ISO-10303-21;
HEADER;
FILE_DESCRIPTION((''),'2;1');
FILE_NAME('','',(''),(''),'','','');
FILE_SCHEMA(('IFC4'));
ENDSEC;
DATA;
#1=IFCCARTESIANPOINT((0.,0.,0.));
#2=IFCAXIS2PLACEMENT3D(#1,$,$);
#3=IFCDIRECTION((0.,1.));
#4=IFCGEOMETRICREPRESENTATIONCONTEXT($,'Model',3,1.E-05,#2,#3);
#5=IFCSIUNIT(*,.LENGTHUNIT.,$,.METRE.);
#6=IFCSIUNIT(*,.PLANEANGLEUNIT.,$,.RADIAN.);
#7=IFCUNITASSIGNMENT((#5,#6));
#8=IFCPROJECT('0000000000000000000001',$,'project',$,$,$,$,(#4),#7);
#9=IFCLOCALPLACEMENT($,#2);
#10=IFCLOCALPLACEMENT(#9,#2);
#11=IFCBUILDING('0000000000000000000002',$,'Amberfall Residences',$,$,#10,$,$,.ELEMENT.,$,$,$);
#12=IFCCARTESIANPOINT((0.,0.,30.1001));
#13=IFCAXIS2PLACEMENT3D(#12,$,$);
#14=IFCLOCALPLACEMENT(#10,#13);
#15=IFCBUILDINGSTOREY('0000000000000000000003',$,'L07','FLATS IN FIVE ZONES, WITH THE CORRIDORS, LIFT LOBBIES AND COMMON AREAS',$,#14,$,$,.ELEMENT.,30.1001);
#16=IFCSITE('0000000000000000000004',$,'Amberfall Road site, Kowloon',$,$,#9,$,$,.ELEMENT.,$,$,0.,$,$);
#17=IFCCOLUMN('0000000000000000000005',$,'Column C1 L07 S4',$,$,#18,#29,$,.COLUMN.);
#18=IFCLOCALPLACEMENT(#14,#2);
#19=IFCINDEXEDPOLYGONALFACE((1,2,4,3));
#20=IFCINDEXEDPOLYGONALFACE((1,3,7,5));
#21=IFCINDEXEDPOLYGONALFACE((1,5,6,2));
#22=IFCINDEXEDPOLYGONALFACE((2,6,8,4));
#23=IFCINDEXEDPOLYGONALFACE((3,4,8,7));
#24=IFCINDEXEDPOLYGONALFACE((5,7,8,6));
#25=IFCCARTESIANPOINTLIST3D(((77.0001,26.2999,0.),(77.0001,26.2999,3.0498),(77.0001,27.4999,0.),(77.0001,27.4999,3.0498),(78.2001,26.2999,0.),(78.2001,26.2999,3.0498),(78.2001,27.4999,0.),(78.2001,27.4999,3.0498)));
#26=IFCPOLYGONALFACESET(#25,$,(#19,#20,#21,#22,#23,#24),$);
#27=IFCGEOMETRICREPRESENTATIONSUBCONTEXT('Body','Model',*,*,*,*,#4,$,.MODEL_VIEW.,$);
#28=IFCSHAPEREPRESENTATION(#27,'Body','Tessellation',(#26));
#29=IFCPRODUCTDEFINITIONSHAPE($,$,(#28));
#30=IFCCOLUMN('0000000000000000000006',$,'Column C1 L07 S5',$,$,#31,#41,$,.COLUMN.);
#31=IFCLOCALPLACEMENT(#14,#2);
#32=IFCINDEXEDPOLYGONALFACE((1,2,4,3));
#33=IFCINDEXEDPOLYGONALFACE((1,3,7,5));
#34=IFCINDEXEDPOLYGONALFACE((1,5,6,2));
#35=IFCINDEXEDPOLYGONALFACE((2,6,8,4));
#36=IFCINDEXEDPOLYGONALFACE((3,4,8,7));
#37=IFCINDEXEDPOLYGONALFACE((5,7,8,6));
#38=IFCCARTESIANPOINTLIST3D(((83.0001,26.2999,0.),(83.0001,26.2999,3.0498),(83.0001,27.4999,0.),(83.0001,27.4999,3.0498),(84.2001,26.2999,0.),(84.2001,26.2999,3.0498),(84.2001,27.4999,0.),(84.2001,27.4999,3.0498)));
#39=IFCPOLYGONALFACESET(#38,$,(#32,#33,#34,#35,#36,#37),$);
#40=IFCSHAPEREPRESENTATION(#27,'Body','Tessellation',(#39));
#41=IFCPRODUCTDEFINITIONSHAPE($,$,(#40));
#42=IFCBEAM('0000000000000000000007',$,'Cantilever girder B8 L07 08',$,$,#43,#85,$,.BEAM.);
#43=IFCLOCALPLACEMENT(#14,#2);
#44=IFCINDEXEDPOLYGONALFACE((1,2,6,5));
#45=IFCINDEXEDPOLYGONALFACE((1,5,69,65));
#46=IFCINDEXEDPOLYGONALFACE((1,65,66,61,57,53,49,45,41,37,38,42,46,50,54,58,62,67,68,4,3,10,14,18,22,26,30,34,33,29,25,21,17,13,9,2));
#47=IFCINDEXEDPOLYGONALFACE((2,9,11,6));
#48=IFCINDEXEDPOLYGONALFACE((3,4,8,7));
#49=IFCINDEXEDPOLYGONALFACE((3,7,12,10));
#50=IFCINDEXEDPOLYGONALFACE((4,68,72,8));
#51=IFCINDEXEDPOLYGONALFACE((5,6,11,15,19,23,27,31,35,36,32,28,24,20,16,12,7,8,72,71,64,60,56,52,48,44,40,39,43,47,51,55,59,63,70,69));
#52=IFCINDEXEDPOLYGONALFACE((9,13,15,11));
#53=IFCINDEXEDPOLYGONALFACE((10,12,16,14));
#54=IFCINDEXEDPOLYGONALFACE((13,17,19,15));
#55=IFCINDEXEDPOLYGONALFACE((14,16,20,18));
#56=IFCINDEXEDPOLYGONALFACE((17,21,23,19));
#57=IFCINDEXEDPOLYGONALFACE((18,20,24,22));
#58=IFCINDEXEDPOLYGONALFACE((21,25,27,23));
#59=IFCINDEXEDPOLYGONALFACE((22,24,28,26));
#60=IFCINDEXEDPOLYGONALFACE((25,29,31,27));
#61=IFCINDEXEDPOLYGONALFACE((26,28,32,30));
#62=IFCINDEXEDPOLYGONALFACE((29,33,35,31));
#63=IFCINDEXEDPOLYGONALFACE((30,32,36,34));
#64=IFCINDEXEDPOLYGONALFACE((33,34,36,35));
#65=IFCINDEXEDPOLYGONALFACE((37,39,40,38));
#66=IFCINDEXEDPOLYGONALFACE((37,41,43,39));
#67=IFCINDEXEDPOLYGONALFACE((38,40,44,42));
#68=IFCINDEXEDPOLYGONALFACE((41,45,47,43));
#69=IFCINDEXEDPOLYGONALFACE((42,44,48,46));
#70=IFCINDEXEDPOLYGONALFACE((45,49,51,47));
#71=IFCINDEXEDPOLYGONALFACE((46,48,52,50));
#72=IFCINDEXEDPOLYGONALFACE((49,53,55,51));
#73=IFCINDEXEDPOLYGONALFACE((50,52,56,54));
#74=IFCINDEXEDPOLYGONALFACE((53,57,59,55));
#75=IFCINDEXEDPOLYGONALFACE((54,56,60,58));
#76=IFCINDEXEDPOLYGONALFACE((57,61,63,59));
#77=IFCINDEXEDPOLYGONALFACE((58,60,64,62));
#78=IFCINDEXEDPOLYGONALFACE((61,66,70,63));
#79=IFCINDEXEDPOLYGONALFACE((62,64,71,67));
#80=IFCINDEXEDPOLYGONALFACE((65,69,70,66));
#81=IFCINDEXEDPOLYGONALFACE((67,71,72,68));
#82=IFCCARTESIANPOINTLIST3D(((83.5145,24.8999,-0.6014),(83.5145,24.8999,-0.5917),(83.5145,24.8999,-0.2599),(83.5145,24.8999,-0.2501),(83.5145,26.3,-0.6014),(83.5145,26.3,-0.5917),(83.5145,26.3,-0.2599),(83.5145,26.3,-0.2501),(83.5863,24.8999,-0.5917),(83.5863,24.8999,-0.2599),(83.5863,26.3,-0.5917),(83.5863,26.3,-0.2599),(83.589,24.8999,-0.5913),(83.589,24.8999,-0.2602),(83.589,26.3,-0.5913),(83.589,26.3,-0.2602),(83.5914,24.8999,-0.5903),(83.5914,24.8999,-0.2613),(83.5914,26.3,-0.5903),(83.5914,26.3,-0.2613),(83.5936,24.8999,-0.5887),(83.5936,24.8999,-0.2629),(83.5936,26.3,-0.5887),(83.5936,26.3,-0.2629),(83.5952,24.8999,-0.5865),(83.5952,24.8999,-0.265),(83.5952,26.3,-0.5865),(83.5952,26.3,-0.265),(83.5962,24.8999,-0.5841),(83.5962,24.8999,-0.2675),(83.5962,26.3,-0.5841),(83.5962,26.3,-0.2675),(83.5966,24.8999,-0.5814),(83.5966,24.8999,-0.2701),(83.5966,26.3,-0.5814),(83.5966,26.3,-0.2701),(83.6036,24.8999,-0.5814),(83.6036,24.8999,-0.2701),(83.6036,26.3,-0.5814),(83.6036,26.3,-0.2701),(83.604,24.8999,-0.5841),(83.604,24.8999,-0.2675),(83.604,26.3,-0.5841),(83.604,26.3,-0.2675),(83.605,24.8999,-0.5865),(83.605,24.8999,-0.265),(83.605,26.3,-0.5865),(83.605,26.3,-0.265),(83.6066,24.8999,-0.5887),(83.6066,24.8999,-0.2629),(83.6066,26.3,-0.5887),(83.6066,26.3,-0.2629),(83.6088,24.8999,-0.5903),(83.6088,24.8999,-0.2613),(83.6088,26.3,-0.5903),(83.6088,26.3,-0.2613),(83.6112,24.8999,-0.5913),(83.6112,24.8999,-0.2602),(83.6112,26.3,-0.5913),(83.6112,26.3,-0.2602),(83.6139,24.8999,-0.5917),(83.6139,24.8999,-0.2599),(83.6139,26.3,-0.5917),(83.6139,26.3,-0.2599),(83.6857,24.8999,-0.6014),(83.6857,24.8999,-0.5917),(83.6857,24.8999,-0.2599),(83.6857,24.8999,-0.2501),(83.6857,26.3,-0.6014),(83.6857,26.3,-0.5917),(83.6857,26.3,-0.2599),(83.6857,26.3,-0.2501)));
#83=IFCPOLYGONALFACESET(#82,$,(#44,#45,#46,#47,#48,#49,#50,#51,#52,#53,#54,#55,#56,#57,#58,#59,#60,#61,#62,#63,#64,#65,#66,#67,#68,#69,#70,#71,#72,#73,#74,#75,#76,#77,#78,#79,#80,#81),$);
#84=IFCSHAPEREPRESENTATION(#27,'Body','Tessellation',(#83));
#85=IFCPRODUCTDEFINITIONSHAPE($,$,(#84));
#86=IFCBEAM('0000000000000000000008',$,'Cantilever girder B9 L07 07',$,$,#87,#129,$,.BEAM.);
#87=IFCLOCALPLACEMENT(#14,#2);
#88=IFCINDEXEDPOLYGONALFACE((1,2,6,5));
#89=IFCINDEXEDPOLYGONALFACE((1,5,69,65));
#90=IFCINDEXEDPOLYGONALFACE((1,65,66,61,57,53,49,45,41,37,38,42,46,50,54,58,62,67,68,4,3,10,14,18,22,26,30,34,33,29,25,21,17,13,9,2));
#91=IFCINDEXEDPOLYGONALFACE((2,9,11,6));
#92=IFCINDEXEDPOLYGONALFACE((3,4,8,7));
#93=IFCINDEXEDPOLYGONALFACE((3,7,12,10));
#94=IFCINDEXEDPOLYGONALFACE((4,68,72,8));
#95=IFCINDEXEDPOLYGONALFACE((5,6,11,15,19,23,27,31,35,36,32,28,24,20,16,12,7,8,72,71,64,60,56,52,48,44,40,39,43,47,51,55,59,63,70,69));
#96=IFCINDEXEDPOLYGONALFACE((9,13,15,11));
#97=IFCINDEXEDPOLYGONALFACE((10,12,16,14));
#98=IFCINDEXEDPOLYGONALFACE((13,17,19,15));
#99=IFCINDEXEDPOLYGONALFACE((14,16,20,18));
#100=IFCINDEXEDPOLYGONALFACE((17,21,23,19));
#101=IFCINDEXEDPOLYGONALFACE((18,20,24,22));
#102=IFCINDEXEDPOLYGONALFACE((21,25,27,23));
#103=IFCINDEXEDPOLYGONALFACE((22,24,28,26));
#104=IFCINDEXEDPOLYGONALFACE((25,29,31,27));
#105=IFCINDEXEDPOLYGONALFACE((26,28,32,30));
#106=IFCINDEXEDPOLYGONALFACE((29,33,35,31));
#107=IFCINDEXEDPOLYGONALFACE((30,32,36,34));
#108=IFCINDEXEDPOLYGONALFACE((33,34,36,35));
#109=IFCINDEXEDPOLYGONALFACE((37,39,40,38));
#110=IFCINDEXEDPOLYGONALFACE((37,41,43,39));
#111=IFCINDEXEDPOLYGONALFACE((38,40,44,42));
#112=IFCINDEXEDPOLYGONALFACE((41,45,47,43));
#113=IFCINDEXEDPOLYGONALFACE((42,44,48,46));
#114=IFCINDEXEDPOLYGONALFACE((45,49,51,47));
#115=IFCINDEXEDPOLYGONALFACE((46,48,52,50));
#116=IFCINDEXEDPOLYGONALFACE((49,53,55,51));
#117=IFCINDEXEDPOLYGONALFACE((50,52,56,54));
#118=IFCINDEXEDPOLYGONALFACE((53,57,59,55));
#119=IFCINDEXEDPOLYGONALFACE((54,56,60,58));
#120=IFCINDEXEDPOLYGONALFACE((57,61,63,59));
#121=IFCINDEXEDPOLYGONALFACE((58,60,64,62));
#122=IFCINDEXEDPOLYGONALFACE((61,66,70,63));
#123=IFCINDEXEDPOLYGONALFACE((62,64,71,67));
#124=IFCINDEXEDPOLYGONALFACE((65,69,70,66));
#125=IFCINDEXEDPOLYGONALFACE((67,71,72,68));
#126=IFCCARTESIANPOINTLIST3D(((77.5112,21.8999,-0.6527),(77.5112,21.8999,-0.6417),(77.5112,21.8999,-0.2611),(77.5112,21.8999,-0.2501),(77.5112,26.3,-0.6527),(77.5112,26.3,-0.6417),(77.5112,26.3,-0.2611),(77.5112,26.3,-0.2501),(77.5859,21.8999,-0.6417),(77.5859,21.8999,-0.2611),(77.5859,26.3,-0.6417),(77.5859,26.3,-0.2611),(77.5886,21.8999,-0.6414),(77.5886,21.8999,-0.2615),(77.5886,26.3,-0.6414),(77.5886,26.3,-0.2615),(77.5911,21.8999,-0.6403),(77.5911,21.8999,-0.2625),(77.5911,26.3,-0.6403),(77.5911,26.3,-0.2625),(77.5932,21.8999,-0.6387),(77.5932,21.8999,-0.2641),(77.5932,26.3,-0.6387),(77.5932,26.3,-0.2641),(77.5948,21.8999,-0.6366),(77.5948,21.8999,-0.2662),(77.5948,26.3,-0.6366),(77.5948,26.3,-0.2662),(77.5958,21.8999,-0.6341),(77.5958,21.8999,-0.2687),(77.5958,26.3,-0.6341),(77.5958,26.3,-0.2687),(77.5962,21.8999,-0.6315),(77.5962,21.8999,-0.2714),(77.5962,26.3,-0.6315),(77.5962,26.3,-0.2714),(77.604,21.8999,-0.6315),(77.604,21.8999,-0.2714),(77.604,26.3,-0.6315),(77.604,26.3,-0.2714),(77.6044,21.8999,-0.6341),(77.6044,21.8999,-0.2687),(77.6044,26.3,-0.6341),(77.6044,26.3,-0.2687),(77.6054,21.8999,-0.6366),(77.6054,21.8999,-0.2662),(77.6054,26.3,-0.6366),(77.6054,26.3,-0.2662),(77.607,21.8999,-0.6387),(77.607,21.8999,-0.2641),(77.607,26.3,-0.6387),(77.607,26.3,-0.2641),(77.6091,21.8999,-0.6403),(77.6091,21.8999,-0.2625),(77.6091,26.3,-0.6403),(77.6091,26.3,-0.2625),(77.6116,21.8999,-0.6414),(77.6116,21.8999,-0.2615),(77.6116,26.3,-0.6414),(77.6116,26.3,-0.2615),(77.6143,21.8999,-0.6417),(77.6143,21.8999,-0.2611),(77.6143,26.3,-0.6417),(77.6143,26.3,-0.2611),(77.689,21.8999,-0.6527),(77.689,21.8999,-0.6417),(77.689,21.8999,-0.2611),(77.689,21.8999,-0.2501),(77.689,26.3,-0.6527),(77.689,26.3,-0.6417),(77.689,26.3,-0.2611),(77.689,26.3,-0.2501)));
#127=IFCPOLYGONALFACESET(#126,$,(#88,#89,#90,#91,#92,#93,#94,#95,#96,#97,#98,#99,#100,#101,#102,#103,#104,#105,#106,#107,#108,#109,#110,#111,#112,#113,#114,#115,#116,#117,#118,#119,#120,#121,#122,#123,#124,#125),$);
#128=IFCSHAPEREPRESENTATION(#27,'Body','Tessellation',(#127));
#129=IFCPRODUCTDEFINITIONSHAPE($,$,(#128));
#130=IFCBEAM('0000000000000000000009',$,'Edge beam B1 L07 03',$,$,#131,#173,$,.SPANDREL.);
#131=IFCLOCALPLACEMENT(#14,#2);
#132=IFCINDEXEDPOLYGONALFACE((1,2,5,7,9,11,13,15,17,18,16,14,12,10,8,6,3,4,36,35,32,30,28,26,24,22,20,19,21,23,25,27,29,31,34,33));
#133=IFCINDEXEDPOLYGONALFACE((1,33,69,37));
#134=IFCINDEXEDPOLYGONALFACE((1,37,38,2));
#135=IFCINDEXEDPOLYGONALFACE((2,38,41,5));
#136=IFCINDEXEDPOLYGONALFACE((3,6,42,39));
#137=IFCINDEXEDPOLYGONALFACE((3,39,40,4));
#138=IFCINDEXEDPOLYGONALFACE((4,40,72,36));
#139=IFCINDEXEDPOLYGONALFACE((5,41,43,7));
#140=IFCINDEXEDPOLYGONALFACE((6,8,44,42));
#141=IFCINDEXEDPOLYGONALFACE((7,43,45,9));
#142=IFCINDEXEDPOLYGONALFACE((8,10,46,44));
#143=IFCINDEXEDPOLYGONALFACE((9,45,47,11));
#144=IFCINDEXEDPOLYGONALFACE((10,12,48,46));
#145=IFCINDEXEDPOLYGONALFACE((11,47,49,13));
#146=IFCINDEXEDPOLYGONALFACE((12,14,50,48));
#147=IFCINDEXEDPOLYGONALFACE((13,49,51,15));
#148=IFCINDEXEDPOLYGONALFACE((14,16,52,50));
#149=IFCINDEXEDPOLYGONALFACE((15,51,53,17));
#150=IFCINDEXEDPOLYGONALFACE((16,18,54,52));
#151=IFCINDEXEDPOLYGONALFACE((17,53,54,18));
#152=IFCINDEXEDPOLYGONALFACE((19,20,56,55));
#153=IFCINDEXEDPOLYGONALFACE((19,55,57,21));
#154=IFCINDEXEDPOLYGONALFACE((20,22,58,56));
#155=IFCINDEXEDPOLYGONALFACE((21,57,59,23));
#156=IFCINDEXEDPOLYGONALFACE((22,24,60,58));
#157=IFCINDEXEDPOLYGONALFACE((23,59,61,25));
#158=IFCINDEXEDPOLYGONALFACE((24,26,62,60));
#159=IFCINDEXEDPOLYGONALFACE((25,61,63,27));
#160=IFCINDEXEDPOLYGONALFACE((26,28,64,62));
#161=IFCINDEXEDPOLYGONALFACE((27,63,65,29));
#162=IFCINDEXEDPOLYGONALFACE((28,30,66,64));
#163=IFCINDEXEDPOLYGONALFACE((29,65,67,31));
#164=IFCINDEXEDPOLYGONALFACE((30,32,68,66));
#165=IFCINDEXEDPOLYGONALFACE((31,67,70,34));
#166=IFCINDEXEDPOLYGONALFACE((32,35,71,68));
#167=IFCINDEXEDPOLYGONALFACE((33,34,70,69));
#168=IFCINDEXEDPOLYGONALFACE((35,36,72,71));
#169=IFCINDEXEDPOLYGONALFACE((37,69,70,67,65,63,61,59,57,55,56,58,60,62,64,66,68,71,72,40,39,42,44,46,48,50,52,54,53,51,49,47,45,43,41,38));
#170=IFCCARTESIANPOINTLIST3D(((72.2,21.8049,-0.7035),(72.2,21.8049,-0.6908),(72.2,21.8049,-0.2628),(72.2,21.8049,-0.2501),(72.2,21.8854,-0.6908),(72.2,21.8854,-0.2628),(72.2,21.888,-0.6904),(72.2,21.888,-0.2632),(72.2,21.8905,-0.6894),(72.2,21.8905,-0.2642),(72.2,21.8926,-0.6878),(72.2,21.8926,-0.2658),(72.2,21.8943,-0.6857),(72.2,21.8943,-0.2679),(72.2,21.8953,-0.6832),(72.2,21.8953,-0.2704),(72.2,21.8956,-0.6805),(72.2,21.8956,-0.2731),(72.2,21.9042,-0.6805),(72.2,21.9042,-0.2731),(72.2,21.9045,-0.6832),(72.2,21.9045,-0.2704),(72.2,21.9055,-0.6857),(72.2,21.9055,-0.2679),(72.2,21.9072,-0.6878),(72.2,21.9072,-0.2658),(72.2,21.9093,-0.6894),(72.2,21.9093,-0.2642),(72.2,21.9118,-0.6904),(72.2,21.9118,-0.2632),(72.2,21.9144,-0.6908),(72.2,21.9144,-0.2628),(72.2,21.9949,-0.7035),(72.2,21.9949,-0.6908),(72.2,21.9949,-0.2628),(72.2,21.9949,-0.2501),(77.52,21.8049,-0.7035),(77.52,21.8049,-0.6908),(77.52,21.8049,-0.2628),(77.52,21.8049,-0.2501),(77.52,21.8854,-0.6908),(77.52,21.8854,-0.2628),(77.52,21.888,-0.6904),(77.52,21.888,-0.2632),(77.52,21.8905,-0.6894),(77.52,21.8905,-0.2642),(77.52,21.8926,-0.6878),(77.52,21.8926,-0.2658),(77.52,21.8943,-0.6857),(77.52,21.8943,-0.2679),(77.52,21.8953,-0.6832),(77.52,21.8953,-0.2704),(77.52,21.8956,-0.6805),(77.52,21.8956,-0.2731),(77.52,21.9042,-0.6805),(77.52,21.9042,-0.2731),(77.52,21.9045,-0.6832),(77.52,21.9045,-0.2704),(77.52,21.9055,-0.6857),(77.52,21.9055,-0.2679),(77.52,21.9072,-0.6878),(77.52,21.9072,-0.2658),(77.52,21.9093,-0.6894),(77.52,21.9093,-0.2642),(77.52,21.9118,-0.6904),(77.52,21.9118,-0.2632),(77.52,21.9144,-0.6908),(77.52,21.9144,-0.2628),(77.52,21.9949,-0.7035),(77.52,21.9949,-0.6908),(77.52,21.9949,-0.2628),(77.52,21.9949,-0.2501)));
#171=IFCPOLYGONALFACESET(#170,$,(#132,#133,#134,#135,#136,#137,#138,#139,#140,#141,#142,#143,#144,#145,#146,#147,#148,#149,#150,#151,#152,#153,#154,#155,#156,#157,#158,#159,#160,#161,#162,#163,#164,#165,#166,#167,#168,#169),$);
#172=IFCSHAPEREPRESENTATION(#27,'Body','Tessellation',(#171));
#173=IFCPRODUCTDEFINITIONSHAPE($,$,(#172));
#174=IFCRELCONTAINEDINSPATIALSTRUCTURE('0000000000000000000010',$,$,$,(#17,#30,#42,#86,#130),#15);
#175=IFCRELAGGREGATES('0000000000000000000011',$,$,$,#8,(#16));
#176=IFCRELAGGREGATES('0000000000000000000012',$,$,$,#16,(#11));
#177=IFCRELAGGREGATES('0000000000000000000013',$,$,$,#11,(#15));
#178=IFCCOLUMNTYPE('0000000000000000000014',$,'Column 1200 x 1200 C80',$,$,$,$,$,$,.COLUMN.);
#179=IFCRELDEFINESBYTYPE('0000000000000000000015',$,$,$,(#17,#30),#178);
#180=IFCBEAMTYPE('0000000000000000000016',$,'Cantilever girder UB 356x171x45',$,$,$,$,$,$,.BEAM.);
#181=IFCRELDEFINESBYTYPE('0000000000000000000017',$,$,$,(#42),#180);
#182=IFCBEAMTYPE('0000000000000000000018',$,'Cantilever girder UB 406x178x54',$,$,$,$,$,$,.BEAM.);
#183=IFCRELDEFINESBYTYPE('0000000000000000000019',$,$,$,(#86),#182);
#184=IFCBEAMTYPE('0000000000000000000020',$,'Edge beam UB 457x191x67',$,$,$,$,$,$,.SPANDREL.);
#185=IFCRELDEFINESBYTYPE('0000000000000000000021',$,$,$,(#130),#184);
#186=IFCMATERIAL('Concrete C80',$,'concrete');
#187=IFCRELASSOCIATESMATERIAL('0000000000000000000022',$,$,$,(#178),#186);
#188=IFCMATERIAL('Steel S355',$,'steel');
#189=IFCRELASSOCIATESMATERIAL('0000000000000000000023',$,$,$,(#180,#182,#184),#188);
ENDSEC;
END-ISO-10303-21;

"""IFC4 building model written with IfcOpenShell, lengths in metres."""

from ifc_helpers import new_model, si_unit, direction, frame, origin, origin_2d, place, context, subcontext, project, spatial, rectangle, i_section, extrude, material, material_profile, profile_set, type_object, element, save


model = new_model("IFC4")

# Units and contexts
model_context = context("Model", 3, precision=1e-05, world=origin(), true_north=direction((0.0, 1.0)))
body_context = subcontext(model_context, "Body", "Model", "MODEL_VIEW")
ifc_project = project(units=[si_unit("LENGTHUNIT", "METRE"), si_unit("PLANEANGLEUNIT", "RADIAN")], contexts=[model_context])

# Site, building, storey
site_placement = place(None, origin())
site = spatial("IfcSite", under=ifc_project, at=site_placement, Name="Amberfall Road site, Kowloon", CompositionType="ELEMENT", RefElevation=0.0)
building_placement = place(site_placement, origin())
building = spatial("IfcBuilding", under=site, at=building_placement, Name="Amberfall Residences", CompositionType="ELEMENT")
storey_placement = place(building_placement, frame((0.0, 0.0, 30.1001)))
storey = spatial("IfcBuildingStorey", under=building, at=storey_placement, Name="L07", Description="FLATS IN FIVE ZONES, WITH THE CORRIDORS, LIFT LOBBIES AND COMMON AREAS", CompositionType="ELEMENT", Elevation=30.1001)

# Columns
ifc_material_1 = material(Name="Concrete C80", Category="concrete")
ifc_material_profile_1 = material_profile(ifc_material_1, rectangle(XDim=1.2, YDim=1.2, at=origin_2d()), Name="Column 1200 x 1200 C80")
ifc_profile_set_1 = profile_set([ifc_material_profile_1], Name="Concrete C80")
column_type = type_object("IfcColumnType", Name="Column 1200 x 1200 C80", PredefinedType="COLUMN", material=ifc_profile_set_1)
for number, where, z_axis, x_axis, name in (
    (1, (77.6001, 26.8999, 0.0), (0.0, 0.0, 1.0), (1.0, 0.0, 0.0), "Column C1 L07 S4"),
    (2, (83.6001, 26.8999, 0.0), (0.0, 0.0, 1.0), (1.0, 0.0, 0.0), "Column C1 L07 S5"),
):
    element("IfcColumn", number, at=place(storey_placement, frame(where, z_axis=z_axis, x_axis=x_axis)), inside=storey, type_object=column_type, Name=name, PredefinedType="COLUMN", context=body_context, shape_type="SweptSolid", body=[
        extrude(rectangle(XDim=1.2, YDim=1.2, at=origin_2d()), origin(), (0.0, 0.0, 1.0), 3.0498),
    ])

# Beams
ifc_material_2 = material(Name="Steel S355", Category="steel")
ifc_material_profile_2 = material_profile(ifc_material_2, i_section(OverallWidth=0.1711, OverallDepth=0.3513, WebThickness=0.0071, FlangeThickness=0.0098, FilletRadius=0.0103, at=origin_2d()), Name="UB 356x171x45")
ifc_profile_set_2 = profile_set([ifc_material_profile_2], Name="Steel S355")
beam_type_1 = type_object("IfcBeamType", Name="Cantilever girder UB 356x171x45", PredefinedType="BEAM", material=ifc_profile_set_2)
beam_1_placement = place(storey_placement, frame((83.6001, 26.3, -0.4258), z_axis=(0.0, -1.0, 0.0), x_axis=(1.0, 0.0, 0.0)))
element("IfcBeam", 3, at=beam_1_placement, inside=storey, type_object=beam_type_1, Name="Cantilever girder B8 L07 08", PredefinedType="BEAM", context=body_context, shape_type="SweptSolid", body=[
    extrude(i_section(OverallWidth=0.1711, OverallDepth=0.3513, WebThickness=0.0071, FlangeThickness=0.0098, FilletRadius=0.0103, at=origin_2d()), origin(), (0.0, 0.0, 1.0), 1.4001),
])
ifc_material_profile_3 = material_profile(ifc_material_2, i_section(OverallWidth=0.1777, OverallDepth=0.4026, WebThickness=0.0078, FlangeThickness=0.011, FilletRadius=0.0103, at=origin_2d()), Name="UB 406x178x54")
ifc_profile_set_3 = profile_set([ifc_material_profile_3], Name="Steel S355")
beam_type_2 = type_object("IfcBeamType", Name="Cantilever girder UB 406x178x54", PredefinedType="BEAM", material=ifc_profile_set_3)
beam_2_placement = place(storey_placement, frame((77.6001, 26.3, -0.4514), z_axis=(0.0, -1.0, 0.0), x_axis=(1.0, 0.0, 0.0)))
element("IfcBeam", 4, at=beam_2_placement, inside=storey, type_object=beam_type_2, Name="Cantilever girder B9 L07 07", PredefinedType="BEAM", context=body_context, shape_type="SweptSolid", body=[
    extrude(i_section(OverallWidth=0.1777, OverallDepth=0.4026, WebThickness=0.0078, FlangeThickness=0.011, FilletRadius=0.0103, at=origin_2d()), origin(), (0.0, 0.0, 1.0), 4.4001),
])
ifc_material_profile_4 = material_profile(ifc_material_2, i_section(OverallWidth=0.1899, OverallDepth=0.4534, WebThickness=0.0085, FlangeThickness=0.0127, FilletRadius=0.0103, at=origin_2d()), Name="UB 457x191x67")
ifc_profile_set_4 = profile_set([ifc_material_profile_4], Name="Steel S355")
beam_type_3 = type_object("IfcBeamType", Name="Edge beam UB 457x191x67", PredefinedType="SPANDREL", material=ifc_profile_set_4)
beam_3_placement = place(storey_placement, frame((72.2, 21.8999, -0.4768), z_axis=(1.0, 0.0, 0.0), x_axis=(0.0, 1.0, 0.0)))
element("IfcBeam", 5, at=beam_3_placement, inside=storey, type_object=beam_type_3, Name="Edge beam B1 L07 03", PredefinedType="SPANDREL", context=body_context, shape_type="SweptSolid", body=[
    extrude(i_section(OverallWidth=0.1899, OverallDepth=0.4534, WebThickness=0.0085, FlangeThickness=0.0127, FilletRadius=0.0103, at=origin_2d()), origin(), (0.0, 0.0, 1.0), 5.3201),
])

save(model, "model.ifc")
